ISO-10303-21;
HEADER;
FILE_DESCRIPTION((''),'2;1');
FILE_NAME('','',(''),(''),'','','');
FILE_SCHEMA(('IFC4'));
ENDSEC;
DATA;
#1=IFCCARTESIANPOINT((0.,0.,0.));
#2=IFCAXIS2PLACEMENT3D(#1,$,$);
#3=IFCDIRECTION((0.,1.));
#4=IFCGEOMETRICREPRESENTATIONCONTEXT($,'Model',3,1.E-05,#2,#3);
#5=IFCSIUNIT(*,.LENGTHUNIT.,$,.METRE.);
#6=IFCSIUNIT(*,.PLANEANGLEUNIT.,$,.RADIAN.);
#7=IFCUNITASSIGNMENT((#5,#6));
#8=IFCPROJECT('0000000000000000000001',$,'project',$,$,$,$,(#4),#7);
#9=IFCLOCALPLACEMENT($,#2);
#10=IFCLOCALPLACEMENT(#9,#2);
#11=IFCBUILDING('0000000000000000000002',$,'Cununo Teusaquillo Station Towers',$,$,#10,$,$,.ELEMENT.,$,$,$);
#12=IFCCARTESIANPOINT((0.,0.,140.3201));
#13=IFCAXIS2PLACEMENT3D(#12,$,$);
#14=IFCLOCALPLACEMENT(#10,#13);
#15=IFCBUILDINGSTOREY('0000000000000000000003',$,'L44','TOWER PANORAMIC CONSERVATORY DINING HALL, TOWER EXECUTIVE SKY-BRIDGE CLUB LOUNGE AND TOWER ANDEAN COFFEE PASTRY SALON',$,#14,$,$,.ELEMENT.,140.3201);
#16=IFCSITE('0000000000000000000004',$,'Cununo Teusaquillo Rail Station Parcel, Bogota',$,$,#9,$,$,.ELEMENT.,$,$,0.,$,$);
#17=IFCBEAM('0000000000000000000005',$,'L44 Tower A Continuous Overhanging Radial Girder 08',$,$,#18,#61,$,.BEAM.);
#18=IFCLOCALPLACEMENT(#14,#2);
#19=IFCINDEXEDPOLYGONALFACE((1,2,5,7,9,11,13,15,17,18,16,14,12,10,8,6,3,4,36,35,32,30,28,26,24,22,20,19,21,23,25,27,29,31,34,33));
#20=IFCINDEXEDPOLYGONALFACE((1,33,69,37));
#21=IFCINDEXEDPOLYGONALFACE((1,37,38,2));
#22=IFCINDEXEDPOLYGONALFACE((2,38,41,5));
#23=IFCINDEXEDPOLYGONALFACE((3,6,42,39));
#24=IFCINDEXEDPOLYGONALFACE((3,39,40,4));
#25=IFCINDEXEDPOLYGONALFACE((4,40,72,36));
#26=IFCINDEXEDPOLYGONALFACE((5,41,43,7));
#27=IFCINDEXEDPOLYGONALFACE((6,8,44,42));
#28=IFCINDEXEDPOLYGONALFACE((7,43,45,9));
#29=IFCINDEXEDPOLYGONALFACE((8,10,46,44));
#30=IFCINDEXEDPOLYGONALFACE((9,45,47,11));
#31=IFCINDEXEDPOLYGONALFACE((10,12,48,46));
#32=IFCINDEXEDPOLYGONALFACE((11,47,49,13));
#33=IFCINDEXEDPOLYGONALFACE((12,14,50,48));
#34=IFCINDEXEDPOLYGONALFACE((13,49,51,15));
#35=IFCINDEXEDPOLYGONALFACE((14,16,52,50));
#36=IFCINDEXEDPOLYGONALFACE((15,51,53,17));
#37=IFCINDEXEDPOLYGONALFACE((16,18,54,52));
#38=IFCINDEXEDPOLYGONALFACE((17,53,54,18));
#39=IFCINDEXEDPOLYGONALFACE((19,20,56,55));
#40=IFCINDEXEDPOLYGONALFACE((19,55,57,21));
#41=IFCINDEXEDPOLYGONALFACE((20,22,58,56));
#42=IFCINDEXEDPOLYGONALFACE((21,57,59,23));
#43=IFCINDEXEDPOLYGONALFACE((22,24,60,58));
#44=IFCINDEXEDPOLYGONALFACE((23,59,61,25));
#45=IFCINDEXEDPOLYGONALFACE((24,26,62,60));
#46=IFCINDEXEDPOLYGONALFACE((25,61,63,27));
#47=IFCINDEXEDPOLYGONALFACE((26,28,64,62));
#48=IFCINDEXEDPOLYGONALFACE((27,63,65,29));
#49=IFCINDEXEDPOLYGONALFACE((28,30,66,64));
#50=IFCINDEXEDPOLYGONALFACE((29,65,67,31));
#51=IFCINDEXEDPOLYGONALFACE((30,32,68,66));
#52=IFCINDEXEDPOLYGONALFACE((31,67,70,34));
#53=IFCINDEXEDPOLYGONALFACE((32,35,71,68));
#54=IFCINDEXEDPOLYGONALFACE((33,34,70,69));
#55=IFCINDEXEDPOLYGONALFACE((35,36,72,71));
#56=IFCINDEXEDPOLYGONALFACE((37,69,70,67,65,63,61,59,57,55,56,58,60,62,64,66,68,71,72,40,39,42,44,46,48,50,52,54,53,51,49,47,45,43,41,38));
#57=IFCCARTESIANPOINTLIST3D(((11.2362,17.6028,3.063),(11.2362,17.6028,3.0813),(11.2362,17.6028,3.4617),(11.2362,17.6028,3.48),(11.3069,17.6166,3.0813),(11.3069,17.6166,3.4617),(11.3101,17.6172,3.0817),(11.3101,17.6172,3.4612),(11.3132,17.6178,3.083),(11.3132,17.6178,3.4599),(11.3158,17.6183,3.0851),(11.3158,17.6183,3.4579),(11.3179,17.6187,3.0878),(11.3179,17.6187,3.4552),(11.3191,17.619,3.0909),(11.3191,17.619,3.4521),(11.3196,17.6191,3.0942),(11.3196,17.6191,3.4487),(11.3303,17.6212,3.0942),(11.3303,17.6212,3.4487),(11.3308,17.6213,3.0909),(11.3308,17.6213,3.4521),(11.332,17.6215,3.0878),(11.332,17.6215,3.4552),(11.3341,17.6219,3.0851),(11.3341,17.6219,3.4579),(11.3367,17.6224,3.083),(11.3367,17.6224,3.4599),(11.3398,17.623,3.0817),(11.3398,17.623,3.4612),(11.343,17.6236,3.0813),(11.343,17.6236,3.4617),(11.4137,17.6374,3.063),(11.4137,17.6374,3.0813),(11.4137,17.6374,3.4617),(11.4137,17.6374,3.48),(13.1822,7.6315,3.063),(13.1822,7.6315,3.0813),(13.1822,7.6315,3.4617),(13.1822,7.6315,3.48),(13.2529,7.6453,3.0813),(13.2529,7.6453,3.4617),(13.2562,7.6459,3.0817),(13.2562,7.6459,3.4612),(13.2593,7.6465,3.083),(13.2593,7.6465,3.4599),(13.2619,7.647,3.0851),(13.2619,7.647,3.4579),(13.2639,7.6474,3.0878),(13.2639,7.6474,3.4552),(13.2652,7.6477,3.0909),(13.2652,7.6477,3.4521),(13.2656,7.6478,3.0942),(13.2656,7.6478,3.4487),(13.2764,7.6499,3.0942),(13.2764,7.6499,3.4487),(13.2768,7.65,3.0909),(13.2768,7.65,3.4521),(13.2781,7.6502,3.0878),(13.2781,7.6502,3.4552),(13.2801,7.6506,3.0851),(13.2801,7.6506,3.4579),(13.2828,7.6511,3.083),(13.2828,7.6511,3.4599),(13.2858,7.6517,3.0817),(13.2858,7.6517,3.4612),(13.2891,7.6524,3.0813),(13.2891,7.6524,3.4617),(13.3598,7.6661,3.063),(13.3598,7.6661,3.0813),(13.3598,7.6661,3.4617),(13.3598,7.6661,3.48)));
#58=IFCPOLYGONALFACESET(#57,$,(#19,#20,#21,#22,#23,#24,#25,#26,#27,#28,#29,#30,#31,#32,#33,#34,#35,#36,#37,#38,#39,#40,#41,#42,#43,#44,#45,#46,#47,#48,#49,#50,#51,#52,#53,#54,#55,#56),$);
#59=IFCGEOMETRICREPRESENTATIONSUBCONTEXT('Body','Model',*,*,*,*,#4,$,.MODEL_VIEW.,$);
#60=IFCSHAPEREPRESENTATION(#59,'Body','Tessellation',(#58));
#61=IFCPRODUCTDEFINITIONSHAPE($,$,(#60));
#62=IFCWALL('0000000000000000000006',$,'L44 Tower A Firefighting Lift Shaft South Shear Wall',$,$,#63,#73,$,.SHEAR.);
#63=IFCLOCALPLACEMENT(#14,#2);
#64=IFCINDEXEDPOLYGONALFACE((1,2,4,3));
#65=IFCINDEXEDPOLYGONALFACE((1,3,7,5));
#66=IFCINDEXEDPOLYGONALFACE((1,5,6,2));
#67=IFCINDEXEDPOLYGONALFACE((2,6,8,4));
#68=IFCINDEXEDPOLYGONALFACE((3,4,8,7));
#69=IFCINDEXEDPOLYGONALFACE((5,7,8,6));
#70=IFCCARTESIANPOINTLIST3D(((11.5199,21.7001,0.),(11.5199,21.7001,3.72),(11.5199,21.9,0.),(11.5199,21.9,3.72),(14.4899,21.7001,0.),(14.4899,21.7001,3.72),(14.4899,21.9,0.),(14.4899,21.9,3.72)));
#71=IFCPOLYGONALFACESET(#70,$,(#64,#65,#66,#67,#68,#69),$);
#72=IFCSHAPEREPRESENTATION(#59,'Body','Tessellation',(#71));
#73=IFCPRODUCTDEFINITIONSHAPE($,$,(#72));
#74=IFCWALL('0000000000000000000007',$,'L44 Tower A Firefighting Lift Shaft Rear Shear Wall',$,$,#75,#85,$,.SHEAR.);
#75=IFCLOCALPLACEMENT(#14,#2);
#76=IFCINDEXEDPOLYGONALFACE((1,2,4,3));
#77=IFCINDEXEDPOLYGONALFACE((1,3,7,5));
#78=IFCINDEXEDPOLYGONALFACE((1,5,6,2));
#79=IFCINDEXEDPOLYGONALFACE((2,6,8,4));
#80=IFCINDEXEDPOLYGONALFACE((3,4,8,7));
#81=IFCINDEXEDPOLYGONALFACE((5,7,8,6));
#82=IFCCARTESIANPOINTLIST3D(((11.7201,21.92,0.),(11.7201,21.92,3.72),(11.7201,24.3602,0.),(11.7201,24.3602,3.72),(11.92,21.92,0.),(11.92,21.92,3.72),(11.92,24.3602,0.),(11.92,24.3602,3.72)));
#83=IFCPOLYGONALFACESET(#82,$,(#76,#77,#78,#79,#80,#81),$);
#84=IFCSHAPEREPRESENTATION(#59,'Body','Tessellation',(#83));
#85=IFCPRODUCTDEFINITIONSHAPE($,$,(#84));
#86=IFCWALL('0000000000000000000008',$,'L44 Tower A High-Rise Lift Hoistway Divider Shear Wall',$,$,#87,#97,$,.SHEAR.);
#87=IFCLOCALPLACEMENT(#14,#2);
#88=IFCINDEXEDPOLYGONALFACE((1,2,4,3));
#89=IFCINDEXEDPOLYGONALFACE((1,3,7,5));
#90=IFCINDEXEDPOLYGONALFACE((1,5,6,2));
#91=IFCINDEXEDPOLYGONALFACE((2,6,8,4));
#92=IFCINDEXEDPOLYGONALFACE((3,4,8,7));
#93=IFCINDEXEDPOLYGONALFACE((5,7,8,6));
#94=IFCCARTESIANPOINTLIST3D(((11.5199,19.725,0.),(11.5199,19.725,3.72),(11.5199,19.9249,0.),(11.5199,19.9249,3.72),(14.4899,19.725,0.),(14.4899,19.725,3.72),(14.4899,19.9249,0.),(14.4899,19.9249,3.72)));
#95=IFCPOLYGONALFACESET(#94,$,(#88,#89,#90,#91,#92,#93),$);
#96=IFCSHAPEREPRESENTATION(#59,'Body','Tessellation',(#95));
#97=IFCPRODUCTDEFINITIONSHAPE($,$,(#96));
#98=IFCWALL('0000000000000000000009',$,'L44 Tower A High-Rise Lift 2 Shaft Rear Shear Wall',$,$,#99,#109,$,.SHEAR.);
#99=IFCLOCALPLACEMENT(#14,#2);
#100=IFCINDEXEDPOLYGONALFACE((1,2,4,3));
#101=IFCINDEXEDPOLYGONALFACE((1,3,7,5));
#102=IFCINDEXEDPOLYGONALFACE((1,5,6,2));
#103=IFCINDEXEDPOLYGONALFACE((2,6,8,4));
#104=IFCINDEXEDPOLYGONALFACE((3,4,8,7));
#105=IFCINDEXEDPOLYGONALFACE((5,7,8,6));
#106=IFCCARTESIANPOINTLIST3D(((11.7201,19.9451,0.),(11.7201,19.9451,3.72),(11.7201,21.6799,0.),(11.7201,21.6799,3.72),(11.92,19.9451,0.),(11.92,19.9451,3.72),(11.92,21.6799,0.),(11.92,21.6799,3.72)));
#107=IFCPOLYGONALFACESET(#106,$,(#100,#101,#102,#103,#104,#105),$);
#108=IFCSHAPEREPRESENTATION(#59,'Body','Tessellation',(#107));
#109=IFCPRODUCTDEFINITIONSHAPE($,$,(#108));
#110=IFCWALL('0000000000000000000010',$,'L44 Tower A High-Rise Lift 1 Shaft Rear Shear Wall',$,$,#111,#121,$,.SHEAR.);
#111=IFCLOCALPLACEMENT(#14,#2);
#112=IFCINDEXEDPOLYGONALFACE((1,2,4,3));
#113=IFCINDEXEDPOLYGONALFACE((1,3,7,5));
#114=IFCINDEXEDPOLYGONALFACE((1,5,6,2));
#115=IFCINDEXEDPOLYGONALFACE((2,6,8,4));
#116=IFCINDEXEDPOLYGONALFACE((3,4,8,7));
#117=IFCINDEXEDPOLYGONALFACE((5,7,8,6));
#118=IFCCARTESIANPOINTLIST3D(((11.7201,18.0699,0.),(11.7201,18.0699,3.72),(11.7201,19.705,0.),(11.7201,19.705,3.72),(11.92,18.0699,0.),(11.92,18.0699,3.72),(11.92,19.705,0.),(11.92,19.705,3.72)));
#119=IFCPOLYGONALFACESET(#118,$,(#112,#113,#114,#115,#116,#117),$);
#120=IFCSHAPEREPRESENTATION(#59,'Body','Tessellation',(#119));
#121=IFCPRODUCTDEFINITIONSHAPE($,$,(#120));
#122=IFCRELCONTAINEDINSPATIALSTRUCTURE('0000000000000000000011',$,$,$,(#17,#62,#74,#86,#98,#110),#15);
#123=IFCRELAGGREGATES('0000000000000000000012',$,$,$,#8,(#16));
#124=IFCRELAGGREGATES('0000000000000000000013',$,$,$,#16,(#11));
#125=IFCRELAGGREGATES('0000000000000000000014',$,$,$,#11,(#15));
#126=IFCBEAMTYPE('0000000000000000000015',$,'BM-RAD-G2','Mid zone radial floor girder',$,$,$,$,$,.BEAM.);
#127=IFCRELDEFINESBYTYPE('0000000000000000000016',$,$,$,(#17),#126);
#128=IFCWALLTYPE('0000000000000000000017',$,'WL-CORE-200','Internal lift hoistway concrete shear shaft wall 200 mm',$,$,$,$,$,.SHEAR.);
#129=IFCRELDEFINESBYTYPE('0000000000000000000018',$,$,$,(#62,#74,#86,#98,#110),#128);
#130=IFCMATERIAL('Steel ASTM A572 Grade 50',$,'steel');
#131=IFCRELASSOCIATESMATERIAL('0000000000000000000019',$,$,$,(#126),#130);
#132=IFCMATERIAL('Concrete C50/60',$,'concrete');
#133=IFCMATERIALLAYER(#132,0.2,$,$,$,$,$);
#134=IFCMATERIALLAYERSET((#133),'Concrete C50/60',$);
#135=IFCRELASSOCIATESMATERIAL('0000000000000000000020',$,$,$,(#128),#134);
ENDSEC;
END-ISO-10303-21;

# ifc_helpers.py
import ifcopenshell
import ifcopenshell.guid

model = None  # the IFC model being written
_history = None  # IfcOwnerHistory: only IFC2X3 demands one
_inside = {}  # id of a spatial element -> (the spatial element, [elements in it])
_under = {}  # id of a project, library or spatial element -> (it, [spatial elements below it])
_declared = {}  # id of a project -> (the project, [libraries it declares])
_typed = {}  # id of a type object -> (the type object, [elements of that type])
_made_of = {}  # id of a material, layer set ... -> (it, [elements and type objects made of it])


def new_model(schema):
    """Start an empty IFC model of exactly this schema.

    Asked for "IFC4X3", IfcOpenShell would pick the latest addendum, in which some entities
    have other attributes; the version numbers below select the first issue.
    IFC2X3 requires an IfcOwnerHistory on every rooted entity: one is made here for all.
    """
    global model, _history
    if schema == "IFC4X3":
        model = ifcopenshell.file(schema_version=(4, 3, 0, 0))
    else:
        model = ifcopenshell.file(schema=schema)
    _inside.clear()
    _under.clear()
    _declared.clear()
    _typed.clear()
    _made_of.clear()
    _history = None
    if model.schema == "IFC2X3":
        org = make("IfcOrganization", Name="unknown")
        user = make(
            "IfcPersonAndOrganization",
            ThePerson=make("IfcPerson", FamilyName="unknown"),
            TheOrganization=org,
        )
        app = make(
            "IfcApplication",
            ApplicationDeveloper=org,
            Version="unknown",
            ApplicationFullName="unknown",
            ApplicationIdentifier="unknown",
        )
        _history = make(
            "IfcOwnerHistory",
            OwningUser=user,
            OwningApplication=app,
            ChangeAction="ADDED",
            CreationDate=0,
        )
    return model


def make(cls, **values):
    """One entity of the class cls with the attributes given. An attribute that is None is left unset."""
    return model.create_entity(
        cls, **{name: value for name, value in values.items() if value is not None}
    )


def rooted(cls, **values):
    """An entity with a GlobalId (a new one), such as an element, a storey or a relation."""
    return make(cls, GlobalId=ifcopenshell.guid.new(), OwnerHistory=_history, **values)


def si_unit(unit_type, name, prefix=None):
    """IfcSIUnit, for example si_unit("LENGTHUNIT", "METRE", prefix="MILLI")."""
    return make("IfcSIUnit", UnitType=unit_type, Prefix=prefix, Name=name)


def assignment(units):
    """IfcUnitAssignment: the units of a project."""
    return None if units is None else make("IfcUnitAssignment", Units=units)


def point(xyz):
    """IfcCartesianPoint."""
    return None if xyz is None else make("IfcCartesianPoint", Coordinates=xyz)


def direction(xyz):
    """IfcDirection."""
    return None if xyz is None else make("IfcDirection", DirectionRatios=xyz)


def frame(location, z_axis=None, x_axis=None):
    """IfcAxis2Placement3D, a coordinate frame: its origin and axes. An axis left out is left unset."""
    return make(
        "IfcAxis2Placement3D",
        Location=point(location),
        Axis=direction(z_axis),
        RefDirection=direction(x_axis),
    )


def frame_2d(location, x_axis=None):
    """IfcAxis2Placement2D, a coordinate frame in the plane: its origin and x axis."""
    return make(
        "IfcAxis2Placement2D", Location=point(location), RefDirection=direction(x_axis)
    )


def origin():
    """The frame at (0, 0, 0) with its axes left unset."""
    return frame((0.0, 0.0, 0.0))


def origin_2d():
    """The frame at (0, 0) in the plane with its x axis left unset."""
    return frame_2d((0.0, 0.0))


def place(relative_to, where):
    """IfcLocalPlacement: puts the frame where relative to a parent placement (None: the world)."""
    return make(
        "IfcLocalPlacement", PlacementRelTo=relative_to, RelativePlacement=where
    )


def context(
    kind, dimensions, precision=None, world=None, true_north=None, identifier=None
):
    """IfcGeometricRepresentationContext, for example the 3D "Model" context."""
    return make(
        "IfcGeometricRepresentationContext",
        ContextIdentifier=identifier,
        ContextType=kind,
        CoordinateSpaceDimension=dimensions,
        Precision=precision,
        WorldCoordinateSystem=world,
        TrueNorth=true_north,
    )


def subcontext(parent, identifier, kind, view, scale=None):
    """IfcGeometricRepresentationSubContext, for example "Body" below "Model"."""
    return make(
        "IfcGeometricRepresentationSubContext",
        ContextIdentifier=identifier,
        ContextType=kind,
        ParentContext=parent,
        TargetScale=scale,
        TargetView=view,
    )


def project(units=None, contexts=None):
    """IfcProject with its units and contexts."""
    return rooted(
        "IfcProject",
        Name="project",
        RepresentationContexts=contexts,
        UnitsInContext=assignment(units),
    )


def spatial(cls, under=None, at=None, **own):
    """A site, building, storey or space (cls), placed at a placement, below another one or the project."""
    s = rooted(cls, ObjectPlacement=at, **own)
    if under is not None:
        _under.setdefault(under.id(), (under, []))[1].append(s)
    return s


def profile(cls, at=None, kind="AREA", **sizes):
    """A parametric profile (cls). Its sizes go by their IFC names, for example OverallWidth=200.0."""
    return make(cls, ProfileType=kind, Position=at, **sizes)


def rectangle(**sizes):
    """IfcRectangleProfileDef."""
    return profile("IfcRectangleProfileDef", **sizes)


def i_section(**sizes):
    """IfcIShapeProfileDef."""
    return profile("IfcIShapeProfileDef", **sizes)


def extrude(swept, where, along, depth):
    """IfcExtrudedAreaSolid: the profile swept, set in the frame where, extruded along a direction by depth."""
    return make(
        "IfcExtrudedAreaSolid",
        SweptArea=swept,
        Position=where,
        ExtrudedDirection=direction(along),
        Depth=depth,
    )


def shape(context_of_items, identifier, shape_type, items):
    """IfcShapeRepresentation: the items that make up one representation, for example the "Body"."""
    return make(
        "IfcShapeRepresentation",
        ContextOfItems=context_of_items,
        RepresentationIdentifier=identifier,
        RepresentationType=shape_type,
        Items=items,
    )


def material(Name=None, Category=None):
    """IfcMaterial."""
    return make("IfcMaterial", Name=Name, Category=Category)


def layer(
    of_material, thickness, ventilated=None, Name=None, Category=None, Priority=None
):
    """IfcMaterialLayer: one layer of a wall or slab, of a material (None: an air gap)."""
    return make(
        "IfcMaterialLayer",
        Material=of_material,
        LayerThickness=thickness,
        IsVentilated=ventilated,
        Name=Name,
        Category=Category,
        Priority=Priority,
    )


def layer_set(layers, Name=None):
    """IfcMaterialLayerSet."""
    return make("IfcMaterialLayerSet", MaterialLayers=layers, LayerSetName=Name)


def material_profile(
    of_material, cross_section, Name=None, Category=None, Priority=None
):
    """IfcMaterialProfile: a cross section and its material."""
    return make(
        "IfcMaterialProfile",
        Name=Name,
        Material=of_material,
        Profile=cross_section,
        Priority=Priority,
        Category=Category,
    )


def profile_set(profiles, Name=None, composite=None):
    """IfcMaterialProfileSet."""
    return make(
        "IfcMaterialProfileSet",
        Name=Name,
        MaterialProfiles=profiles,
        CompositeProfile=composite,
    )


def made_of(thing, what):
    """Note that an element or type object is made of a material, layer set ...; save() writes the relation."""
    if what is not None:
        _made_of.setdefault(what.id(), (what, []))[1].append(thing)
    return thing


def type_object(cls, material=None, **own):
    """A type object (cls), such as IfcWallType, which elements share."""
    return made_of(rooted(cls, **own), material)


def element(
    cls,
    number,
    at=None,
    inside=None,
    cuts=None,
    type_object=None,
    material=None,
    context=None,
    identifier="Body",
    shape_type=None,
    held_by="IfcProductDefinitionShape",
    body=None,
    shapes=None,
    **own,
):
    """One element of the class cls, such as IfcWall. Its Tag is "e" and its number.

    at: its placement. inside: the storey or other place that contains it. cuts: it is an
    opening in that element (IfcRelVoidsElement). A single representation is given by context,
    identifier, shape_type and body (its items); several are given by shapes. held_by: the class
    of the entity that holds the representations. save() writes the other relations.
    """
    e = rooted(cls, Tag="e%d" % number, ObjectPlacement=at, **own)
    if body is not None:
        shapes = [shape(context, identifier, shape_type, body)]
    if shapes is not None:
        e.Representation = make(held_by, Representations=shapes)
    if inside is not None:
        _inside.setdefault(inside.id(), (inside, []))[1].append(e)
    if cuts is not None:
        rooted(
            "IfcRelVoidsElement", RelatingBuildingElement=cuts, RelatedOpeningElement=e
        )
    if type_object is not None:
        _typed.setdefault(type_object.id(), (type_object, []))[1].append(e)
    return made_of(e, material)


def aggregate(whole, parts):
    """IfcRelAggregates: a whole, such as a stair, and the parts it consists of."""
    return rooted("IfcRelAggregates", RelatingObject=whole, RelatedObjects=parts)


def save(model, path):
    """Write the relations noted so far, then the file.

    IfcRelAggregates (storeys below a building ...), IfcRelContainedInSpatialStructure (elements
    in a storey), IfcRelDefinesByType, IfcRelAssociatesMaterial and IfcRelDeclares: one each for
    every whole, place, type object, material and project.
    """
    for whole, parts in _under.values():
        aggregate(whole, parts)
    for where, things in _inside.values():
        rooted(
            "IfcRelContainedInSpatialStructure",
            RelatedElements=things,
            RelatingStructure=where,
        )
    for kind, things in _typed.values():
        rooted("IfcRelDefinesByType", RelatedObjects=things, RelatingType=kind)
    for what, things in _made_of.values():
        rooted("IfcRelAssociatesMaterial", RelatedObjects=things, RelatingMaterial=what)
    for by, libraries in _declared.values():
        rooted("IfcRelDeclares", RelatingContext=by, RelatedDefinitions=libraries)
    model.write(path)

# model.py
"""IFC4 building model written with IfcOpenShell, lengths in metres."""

from ifc_helpers import new_model, si_unit, direction, frame, frame_2d, origin, origin_2d, place, context, subcontext, project, spatial, rectangle, i_section, extrude, material, layer, layer_set, material_profile, profile_set, type_object, element, save


model = new_model("IFC4")

# Units and contexts
model_context = context("Model", 3, precision=1e-05, world=origin(), true_north=direction((0.0, 1.0)))
body_context = subcontext(model_context, "Body", "Model", "MODEL_VIEW")
ifc_project = project(units=[si_unit("LENGTHUNIT", "METRE"), si_unit("PLANEANGLEUNIT", "RADIAN")], contexts=[model_context])

# Site, building, storey
site_placement = place(None, origin())
site = spatial("IfcSite", under=ifc_project, at=site_placement, Name="Cununo Teusaquillo Rail Station Parcel, Bogota", CompositionType="ELEMENT", RefElevation=0.0)
building_placement = place(site_placement, origin())
building = spatial("IfcBuilding", under=site, at=building_placement, Name="Cununo Teusaquillo Station Towers", CompositionType="ELEMENT")
storey_placement = place(building_placement, frame((0.0, 0.0, 140.3201)))
storey = spatial("IfcBuildingStorey", under=building, at=storey_placement, Name="L44", Description="TOWER PANORAMIC CONSERVATORY DINING HALL, TOWER EXECUTIVE SKY-BRIDGE CLUB LOUNGE AND TOWER ANDEAN COFFEE PASTRY SALON", CompositionType="ELEMENT", Elevation=140.3201)

# Beam
ifc_material_1 = material(Name="Steel ASTM A572 Grade 50", Category="steel")
ifc_material_profile_1 = material_profile(ifc_material_1, i_section(OverallWidth=0.1809, OverallDepth=0.417, WebThickness=0.011, FlangeThickness=0.0183, FilletRadius=0.0129, at=origin_2d()), Name="W16X57")
ifc_profile_set_1 = profile_set([ifc_material_profile_1], Name="Steel ASTM A572 Grade 50")
beam_type_1 = type_object("IfcBeamType", Name="BM-RAD-G2", Description="Mid zone radial floor girder", PredefinedType="BEAM", material=ifc_profile_set_1)
beam_1_placement = place(storey_placement, frame((11.325, 17.6201, 3.2715), z_axis=(0.191553, -0.981482, 0.0), x_axis=(0.981482, 0.191553, 0.0)))
element("IfcBeam", 1, at=beam_1_placement, inside=storey, type_object=beam_type_1, Name="L44 Tower A Continuous Overhanging Radial Girder 08", PredefinedType="BEAM", context=body_context, shape_type="SweptSolid", body=[
    extrude(i_section(OverallWidth=0.1809, OverallDepth=0.417, WebThickness=0.011, FlangeThickness=0.0183, FilletRadius=0.0129, at=origin_2d()), origin(), (0.0, 0.0, 1.0), 10.1594),
])

# Walls
ifc_material_2 = material(Name="Concrete C50/60", Category="concrete")
ifc_layer_1 = layer(ifc_material_2, 0.2)
ifc_layer_set_1 = layer_set([ifc_layer_1], Name="Concrete C50/60")
wall_type_1 = type_object("IfcWallType", Name="WL-CORE-200", Description="Internal lift hoistway concrete shear shaft wall 200 mm", PredefinedType="SHEAR", material=ifc_layer_set_1)
wall_1_placement = place(storey_placement, frame((11.52, 21.8, 0.0), z_axis=(0.0, 0.0, 1.0), x_axis=(1.0, 0.0, 0.0)))
element("IfcWall", 2, at=wall_1_placement, inside=storey, type_object=wall_type_1, Name="L44 Tower A Firefighting Lift Shaft South Shear Wall", PredefinedType="SHEAR", context=body_context, shape_type="SweptSolid", body=[
    extrude(rectangle(XDim=2.97, YDim=0.2, at=frame_2d((1.4849, 0.0))), origin(), (0.0, 0.0, 1.0), 3.72),
])
wall_2_placement = place(storey_placement, frame((11.8201, 21.9199, 0.0), z_axis=(0.0, 0.0, 1.0), x_axis=(0.0, 1.0, 0.0)))
element("IfcWall", 3, at=wall_2_placement, inside=storey, type_object=wall_type_1, Name="L44 Tower A Firefighting Lift Shaft Rear Shear Wall", PredefinedType="SHEAR", context=body_context, shape_type="SweptSolid", body=[
    extrude(rectangle(XDim=2.4402, YDim=0.2, at=frame_2d((1.2202, 0.0))), origin(), (0.0, 0.0, 1.0), 3.72),
])
wall_3_placement = place(storey_placement, frame((11.52, 19.825, 0.0), z_axis=(0.0, 0.0, 1.0), x_axis=(1.0, 0.0, 0.0)))
element("IfcWall", 4, at=wall_3_placement, inside=storey, type_object=wall_type_1, Name="L44 Tower A High-Rise Lift Hoistway Divider Shear Wall", PredefinedType="SHEAR", context=body_context, shape_type="SweptSolid", body=[
    extrude(rectangle(XDim=2.97, YDim=0.2, at=frame_2d((1.4849, 0.0))), origin(), (0.0, 0.0, 1.0), 3.72),
])
wall_4_placement = place(storey_placement, frame((11.8201, 19.9451, 0.0), z_axis=(0.0, 0.0, 1.0), x_axis=(0.0, 1.0, 0.0)))
element("IfcWall", 5, at=wall_4_placement, inside=storey, type_object=wall_type_1, Name="L44 Tower A High-Rise Lift 2 Shaft Rear Shear Wall", PredefinedType="SHEAR", context=body_context, shape_type="SweptSolid", body=[
    extrude(rectangle(XDim=1.7349, YDim=0.2, at=frame_2d((0.8674, 0.0))), origin(), (0.0, 0.0, 1.0), 3.72),
])
wall_5_placement = place(storey_placement, frame((11.8201, 18.0701, 0.0), z_axis=(0.0, 0.0, 1.0), x_axis=(0.0, 1.0, 0.0)))
element("IfcWall", 6, at=wall_5_placement, inside=storey, type_object=wall_type_1, Name="L44 Tower A High-Rise Lift 1 Shaft Rear Shear Wall", PredefinedType="SHEAR", context=body_context, shape_type="SweptSolid", body=[
    extrude(rectangle(XDim=1.635, YDim=0.2, at=frame_2d((0.8174, 0.0))), origin(), (0.0, 0.0, 1.0), 3.72),
])

save(model, "model.ifc")
